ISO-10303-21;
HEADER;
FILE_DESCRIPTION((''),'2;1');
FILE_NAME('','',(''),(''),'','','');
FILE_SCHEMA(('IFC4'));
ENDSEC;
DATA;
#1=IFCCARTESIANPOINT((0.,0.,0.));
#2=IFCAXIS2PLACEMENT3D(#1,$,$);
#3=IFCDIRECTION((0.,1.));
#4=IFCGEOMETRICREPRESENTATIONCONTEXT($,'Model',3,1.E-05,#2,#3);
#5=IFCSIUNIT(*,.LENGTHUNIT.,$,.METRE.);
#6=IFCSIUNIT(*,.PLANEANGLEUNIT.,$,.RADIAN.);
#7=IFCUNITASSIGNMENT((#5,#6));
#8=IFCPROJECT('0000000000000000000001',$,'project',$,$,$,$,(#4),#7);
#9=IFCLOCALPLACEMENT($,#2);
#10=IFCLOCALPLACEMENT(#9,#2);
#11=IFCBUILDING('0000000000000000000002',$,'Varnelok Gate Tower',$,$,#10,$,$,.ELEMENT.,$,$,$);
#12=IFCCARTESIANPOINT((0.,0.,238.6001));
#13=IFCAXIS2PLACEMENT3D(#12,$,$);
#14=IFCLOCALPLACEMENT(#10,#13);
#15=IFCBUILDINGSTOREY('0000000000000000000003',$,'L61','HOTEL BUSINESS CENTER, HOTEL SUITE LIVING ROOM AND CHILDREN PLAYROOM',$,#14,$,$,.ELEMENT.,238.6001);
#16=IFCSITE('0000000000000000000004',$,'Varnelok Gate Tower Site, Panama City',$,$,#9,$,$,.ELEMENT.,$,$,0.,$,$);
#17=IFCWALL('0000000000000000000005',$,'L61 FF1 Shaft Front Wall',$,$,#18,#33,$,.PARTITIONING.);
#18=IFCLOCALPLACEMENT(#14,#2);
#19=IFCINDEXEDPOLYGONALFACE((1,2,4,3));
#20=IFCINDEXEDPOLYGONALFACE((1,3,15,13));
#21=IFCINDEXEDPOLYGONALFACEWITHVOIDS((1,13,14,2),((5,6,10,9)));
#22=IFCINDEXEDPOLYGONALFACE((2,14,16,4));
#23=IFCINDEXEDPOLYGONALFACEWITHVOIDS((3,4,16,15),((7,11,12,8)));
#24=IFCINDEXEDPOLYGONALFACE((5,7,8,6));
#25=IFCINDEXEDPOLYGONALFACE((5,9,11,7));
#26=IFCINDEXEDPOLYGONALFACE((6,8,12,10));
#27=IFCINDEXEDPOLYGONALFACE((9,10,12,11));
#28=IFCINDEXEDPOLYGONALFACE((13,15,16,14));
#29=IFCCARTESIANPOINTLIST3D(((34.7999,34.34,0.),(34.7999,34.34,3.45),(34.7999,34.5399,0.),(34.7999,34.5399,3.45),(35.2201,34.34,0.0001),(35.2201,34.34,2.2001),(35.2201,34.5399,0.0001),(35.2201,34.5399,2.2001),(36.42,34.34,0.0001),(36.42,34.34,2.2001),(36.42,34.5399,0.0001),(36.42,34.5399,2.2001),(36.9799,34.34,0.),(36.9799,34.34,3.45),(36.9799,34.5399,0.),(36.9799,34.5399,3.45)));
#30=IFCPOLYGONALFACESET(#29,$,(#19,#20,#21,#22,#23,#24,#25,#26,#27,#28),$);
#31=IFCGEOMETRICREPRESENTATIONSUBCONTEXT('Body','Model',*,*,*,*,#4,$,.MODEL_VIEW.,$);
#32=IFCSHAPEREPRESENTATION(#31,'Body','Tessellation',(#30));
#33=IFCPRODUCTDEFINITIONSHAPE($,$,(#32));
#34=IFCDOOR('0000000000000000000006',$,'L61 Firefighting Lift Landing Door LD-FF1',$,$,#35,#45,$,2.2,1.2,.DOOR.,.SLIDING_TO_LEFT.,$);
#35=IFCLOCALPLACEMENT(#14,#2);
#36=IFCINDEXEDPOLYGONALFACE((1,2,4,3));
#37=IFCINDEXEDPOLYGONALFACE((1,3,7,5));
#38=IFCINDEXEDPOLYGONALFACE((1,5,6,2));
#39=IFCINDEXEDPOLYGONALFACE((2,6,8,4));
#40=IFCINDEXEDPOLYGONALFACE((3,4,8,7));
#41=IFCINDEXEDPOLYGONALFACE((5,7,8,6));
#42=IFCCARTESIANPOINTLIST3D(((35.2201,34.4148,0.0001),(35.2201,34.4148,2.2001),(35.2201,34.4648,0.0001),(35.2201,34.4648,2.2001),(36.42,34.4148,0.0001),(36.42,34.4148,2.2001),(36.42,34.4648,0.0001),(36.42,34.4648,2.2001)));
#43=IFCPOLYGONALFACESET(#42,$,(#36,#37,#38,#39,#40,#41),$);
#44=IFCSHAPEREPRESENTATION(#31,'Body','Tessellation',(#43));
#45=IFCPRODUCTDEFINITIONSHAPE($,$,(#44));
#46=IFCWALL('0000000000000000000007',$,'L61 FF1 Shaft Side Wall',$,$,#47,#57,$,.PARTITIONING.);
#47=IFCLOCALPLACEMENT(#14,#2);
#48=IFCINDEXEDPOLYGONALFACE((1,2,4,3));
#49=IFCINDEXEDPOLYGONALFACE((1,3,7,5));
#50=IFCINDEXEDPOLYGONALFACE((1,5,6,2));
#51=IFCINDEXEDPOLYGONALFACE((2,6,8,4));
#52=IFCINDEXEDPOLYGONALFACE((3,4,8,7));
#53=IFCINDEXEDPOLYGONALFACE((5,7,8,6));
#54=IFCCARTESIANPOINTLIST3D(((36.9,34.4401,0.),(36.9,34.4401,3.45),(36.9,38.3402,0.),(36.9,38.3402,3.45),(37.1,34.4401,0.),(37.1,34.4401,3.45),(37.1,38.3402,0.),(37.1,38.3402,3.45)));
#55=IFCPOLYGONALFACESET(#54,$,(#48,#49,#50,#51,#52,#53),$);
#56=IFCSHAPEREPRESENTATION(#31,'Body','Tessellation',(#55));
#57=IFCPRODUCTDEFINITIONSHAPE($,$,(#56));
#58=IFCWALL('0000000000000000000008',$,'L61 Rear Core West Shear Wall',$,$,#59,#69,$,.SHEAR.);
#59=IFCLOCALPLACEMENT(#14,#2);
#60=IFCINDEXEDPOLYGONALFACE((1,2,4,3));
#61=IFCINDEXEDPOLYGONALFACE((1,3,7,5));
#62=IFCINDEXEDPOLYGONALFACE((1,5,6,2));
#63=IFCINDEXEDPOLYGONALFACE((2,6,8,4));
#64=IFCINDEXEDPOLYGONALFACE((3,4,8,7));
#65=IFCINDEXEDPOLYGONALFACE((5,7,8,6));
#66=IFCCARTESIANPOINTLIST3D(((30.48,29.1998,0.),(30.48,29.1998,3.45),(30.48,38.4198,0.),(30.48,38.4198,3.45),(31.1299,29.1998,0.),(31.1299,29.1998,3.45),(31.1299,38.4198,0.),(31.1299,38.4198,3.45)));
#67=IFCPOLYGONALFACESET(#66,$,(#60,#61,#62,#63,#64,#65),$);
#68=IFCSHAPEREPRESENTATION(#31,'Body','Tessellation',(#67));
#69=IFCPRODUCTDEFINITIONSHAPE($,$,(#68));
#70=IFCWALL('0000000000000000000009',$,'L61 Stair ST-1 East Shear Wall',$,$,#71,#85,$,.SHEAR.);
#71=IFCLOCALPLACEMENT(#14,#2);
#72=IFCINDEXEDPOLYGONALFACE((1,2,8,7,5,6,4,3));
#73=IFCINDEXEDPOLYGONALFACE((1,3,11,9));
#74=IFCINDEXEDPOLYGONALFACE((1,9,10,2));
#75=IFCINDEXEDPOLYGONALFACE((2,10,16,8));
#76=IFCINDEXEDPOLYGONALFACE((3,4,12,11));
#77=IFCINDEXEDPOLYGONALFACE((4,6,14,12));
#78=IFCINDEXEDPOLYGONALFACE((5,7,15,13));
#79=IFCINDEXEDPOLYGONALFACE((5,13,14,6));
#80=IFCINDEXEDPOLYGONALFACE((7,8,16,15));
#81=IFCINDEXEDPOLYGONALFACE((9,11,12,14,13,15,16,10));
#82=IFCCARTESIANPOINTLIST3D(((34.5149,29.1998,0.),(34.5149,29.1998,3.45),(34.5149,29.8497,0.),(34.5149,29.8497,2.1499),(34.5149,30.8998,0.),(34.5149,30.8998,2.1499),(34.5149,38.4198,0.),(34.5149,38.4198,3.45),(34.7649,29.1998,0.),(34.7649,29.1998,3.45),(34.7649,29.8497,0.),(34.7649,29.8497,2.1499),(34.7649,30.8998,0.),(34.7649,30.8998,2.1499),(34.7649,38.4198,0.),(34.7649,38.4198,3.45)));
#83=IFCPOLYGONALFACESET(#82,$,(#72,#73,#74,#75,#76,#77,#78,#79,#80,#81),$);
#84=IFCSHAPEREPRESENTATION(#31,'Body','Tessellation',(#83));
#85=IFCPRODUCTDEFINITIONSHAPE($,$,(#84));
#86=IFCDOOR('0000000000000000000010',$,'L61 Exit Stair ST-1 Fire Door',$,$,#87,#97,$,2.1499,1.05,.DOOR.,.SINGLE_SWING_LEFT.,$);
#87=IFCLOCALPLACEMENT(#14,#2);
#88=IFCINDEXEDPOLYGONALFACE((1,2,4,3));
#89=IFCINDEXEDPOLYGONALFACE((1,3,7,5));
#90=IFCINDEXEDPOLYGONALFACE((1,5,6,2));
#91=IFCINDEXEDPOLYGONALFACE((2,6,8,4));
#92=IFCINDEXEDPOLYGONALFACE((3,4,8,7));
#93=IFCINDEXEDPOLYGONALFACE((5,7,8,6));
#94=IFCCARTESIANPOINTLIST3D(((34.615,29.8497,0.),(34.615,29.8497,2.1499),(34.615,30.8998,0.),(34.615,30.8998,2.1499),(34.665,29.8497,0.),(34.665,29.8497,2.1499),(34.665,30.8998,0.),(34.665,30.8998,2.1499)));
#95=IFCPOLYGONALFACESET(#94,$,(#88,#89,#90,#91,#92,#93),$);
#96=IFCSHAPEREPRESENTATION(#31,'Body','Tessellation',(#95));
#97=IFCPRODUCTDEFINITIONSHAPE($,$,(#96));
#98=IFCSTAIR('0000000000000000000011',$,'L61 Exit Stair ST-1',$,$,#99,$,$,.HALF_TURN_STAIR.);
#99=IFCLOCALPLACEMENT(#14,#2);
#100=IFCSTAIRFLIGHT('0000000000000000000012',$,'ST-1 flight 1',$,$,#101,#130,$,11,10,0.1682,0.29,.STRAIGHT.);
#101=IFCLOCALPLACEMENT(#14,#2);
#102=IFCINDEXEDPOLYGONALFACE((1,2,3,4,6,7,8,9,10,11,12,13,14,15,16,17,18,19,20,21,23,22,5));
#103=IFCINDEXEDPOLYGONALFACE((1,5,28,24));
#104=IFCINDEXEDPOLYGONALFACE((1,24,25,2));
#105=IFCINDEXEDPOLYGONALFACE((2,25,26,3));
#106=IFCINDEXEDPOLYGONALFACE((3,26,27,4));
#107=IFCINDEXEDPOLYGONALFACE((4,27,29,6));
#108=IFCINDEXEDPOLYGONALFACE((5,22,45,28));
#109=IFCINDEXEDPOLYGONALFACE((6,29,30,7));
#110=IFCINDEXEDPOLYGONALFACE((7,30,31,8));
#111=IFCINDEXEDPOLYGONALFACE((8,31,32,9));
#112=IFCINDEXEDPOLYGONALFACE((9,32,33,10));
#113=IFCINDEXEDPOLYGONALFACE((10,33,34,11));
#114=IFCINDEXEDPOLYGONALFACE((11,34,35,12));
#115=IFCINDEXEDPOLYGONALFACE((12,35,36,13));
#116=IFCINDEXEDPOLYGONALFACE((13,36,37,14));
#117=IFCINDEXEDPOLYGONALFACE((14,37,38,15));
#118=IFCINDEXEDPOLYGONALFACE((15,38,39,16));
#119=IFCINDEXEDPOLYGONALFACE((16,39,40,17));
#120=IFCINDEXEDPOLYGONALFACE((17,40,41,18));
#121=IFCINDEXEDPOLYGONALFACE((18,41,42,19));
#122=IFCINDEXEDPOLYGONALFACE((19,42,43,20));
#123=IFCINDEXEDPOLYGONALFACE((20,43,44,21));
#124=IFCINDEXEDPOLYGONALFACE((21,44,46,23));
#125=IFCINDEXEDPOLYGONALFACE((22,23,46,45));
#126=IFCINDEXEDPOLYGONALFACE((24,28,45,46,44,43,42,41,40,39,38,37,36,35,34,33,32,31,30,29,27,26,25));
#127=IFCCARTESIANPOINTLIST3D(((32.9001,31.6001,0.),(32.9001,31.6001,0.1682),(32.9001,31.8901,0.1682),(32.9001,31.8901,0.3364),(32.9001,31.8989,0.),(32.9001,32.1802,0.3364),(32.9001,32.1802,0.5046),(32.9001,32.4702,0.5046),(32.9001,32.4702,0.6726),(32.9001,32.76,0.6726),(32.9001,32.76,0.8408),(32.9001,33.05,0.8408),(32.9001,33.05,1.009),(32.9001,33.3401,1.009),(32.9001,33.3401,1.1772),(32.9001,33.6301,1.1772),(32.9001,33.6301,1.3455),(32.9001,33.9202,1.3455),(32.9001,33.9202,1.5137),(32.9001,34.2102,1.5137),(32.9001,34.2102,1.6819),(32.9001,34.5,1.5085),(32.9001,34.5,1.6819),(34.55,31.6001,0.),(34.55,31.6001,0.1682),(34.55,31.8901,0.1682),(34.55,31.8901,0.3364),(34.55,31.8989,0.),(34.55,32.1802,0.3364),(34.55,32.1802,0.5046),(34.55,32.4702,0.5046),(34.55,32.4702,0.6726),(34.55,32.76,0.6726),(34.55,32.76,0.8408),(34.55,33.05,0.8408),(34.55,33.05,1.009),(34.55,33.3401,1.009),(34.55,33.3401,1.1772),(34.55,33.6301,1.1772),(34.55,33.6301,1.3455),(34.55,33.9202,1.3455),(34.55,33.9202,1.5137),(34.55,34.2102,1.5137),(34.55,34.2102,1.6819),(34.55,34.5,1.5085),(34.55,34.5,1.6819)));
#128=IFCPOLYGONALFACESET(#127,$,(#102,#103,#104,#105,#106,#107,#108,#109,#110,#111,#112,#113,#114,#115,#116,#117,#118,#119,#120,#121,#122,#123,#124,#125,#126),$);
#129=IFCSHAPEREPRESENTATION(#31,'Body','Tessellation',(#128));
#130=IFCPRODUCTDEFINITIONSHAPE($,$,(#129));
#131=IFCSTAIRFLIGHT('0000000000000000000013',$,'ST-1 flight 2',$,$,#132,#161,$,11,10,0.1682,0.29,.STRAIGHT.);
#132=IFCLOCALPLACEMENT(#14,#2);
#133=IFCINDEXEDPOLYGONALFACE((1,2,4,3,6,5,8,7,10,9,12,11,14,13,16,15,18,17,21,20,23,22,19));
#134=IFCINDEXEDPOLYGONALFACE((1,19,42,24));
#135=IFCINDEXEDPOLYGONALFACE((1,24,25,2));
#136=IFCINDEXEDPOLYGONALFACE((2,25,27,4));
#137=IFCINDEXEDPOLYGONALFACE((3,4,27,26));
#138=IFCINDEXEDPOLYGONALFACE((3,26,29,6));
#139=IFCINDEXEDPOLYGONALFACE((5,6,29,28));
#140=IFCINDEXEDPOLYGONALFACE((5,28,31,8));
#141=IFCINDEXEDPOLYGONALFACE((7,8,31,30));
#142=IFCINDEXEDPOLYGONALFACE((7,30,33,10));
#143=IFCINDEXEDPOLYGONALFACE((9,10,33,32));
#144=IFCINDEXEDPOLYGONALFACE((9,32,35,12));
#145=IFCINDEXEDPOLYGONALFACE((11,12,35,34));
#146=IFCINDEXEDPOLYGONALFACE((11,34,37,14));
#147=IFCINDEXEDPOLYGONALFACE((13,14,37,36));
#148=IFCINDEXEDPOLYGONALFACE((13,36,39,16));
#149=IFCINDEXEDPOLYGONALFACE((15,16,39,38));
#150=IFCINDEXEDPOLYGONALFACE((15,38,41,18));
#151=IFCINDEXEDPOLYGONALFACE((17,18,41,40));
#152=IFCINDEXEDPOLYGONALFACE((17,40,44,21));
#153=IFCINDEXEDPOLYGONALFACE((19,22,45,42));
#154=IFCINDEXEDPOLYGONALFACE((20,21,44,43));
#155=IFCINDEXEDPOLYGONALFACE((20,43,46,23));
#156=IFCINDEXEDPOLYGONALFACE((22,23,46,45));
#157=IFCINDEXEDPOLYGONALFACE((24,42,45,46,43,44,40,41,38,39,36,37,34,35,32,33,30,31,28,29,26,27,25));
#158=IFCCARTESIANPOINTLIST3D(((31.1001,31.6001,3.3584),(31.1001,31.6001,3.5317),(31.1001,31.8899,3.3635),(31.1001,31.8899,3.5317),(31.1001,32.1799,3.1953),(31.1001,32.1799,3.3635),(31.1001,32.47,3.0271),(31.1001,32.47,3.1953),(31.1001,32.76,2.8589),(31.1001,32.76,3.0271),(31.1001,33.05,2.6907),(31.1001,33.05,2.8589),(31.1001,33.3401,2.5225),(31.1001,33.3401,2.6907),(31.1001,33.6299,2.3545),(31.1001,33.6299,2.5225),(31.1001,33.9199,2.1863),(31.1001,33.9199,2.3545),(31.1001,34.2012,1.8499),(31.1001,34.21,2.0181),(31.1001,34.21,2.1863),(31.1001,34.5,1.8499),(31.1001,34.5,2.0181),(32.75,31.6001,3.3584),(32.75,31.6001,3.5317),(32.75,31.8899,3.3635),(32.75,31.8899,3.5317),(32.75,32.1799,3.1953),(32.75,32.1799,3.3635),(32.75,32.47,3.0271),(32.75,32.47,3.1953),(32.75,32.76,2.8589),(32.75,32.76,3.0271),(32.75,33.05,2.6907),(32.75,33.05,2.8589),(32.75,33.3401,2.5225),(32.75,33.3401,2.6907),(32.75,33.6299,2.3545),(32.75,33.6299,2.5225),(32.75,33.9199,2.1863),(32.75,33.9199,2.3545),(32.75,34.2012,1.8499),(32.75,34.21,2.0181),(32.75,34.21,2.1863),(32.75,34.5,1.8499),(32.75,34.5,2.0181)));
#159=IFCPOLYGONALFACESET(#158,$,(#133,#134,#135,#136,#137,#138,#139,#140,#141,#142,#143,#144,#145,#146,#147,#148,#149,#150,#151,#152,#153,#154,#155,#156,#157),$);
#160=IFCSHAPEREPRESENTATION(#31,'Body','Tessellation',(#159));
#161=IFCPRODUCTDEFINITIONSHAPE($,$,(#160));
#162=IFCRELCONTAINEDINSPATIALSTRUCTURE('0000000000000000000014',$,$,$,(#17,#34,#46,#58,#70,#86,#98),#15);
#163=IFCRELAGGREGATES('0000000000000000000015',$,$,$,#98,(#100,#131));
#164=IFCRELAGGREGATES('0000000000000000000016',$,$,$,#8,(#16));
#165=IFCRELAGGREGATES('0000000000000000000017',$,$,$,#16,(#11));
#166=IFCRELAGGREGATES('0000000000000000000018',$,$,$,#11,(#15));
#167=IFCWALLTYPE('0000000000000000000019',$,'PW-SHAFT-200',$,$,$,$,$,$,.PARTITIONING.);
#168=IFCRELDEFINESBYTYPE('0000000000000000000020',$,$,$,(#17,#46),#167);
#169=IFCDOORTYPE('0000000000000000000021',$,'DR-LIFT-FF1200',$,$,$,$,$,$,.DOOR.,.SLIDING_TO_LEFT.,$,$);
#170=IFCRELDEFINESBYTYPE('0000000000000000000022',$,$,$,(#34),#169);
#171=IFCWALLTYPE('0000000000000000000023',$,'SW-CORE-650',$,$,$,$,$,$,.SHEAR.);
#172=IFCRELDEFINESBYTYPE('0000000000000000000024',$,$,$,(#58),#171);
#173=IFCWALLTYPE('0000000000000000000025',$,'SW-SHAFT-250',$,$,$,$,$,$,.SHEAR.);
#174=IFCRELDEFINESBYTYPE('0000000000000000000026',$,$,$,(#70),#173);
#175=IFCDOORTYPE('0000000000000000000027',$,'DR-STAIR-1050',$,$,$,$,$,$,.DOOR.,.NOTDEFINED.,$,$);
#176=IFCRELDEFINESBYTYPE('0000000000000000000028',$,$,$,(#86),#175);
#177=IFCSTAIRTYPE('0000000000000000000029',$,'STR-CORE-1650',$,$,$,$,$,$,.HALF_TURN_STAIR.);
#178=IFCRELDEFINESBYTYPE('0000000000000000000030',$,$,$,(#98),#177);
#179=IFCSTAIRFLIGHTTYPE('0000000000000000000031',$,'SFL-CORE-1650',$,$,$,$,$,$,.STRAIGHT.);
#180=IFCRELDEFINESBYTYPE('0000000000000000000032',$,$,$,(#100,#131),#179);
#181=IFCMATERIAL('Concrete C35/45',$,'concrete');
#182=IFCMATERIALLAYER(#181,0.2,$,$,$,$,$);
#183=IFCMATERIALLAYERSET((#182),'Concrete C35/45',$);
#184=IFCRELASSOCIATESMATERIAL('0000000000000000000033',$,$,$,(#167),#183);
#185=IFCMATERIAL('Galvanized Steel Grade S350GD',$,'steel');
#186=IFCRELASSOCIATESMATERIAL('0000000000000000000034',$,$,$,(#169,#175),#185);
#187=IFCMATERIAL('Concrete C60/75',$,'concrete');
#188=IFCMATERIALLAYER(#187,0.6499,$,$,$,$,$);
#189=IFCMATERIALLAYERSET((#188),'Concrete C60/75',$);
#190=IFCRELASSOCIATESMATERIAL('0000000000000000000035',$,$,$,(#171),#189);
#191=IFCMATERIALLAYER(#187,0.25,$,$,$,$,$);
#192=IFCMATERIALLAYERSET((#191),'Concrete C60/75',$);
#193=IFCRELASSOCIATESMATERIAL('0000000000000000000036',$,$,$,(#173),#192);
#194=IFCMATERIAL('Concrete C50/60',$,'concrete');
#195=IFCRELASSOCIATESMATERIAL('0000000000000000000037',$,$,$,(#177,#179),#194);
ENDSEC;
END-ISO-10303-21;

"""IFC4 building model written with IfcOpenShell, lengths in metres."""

from ifc_helpers import new_model, si_unit, direction, frame, frame_2d, origin, place, context, subcontext, project, spatial, polyline, rectangle, outline, extrude, material, layer, layer_set, type_object, element, fill, aggregate, save


model = new_model("IFC4")

# Units and contexts
model_context = context("Model", 3, precision=1e-05, world=origin(), true_north=direction((0.0, 1.0)))
body_context = subcontext(model_context, "Body", "Model", "MODEL_VIEW")
ifc_project = project(units=[si_unit("LENGTHUNIT", "METRE"), si_unit("PLANEANGLEUNIT", "RADIAN")], contexts=[model_context])

# Site, building, storey
site_placement = place(None, origin())
site = spatial("IfcSite", under=ifc_project, at=site_placement, Name="Varnelok Gate Tower Site, Panama City", CompositionType="ELEMENT", RefElevation=0.0)
building_placement = place(site_placement, origin())
building = spatial("IfcBuilding", under=site, at=building_placement, Name="Varnelok Gate Tower", CompositionType="ELEMENT")
storey_placement = place(building_placement, frame((0.0, 0.0, 238.6001)))
storey = spatial("IfcBuildingStorey", under=building, at=storey_placement, Name="L61", Description="HOTEL BUSINESS CENTER, HOTEL SUITE LIVING ROOM AND CHILDREN PLAYROOM", CompositionType="ELEMENT", Elevation=238.6001)

# Shared definitions
ifc_material_1 = material(Name="Concrete C60/75", Category="concrete")

# Wall, opening, door
ifc_material_2 = material(Name="Concrete C35/45", Category="concrete")
ifc_layer_1 = layer(ifc_material_2, 0.2)
ifc_layer_set_1 = layer_set([ifc_layer_1], Name="Concrete C35/45")
wall_type_1 = type_object("IfcWallType", Name="PW-SHAFT-200", PredefinedType="PARTITIONING", material=ifc_layer_set_1)
wall_1_placement = place(storey_placement, frame((34.8, 34.4399, 0.0), z_axis=(0.0, 0.0, 1.0), x_axis=(1.0, 0.0, 0.0)))
wall_1 = element("IfcWall", 1, at=wall_1_placement, inside=storey, type_object=wall_type_1, Name="L61 FF1 Shaft Front Wall", PredefinedType="PARTITIONING", context=body_context, shape_type="SweptSolid", body=[
    extrude(rectangle(XDim=2.1799, YDim=0.2, at=frame_2d((1.0898, 0.0))), origin(), (0.0, 0.0, 1.0), 3.45),
])
opening_1_placement = place(wall_1_placement, frame((0.4199, 0.0, 0.0)))
opening_1 = element("IfcOpeningElement", 2, at=opening_1_placement, cuts=wall_1, PredefinedType="OPENING", context=body_context, shape_type="SweptSolid", body=[
    extrude(rectangle(XDim=1.2, YDim=2.2, at=frame_2d((0.6001, 1.1001))), frame((0.0, 0.1099, 0.0), z_axis=(0.0, -1.0, 0.0), x_axis=(1.0, 0.0, 0.0)), (0.0, 0.0, 1.0), 0.22),
])
ifc_material_3 = material(Name="Galvanized Steel Grade S350GD", Category="steel")
door_type_1 = type_object("IfcDoorType", Name="DR-LIFT-FF1200", OperationType="SLIDING_TO_LEFT", PredefinedType="DOOR", material=ifc_material_3)
door_1_placement = place(opening_1_placement, origin())
door_1 = element("IfcDoor", 3, at=door_1_placement, inside=storey, type_object=door_type_1, Name="L61 Firefighting Lift Landing Door LD-FF1", OperationType="SLIDING_TO_LEFT", OverallHeight=2.2, OverallWidth=1.2, PredefinedType="DOOR", context=body_context, shape_type="SweptSolid", body=[
    extrude(rectangle(XDim=1.2, YDim=2.2, at=frame_2d((0.6001, 1.1001))), frame((0.0, 0.0249, 0.0), z_axis=(0.0, -1.0, 0.0), x_axis=(1.0, 0.0, 0.0)), (0.0, 0.0, 1.0), 0.05),
])
fill(opening_1, door_1)

# Walls
wall_2_placement = place(storey_placement, frame((37.0, 34.4399, 0.0), z_axis=(0.0, 0.0, 1.0), x_axis=(0.0, 1.0, 0.0)))
element("IfcWall", 4, at=wall_2_placement, inside=storey, type_object=wall_type_1, Name="L61 FF1 Shaft Side Wall", PredefinedType="PARTITIONING", context=body_context, shape_type="SweptSolid", body=[
    extrude(rectangle(XDim=3.9001, YDim=0.2, at=frame_2d((1.9502, 0.0))), origin(), (0.0, 0.0, 1.0), 3.45),
])
ifc_layer_2 = layer(ifc_material_1, 0.6499)
ifc_layer_set_2 = layer_set([ifc_layer_2], Name="Concrete C60/75")
wall_type_2 = type_object("IfcWallType", Name="SW-CORE-650", PredefinedType="SHEAR", material=ifc_layer_set_2)
wall_3_placement = place(storey_placement, frame((30.8049, 29.2, 0.0), z_axis=(0.0, 0.0, 1.0), x_axis=(0.0, 1.0, 0.0)))
element("IfcWall", 5, at=wall_3_placement, inside=storey, type_object=wall_type_2, Name="L61 Rear Core West Shear Wall", PredefinedType="SHEAR", context=body_context, shape_type="SweptSolid", body=[
    extrude(rectangle(XDim=9.22, YDim=0.6499, at=frame_2d((4.6099, 0.0))), origin(), (0.0, 0.0, 1.0), 3.45),
])

# Wall, opening, door
ifc_layer_3 = layer(ifc_material_1, 0.25)
ifc_layer_set_3 = layer_set([ifc_layer_3], Name="Concrete C60/75")
wall_type_3 = type_object("IfcWallType", Name="SW-SHAFT-250", PredefinedType="SHEAR", material=ifc_layer_set_3)
wall_4_placement = place(storey_placement, frame((34.6399, 29.2, 0.0), z_axis=(0.0, 0.0, 1.0), x_axis=(0.0, 1.0, 0.0)))
wall_4 = element("IfcWall", 6, at=wall_4_placement, inside=storey, type_object=wall_type_3, Name="L61 Stair ST-1 East Shear Wall", PredefinedType="SHEAR", context=body_context, shape_type="SweptSolid", body=[
    extrude(rectangle(XDim=9.22, YDim=0.25, at=frame_2d((4.6099, 0.0))), origin(), (0.0, 0.0, 1.0), 3.45),
])
opening_2_placement = place(wall_4_placement, frame((0.6499, 0.0, 0.0)))
opening_2 = element("IfcOpeningElement", 7, at=opening_2_placement, cuts=wall_4, PredefinedType="OPENING", context=body_context, shape_type="SweptSolid", body=[
    extrude(rectangle(XDim=1.05, YDim=2.1499, at=frame_2d((0.5249, 1.075))), frame((0.0, 0.135, 0.0), z_axis=(0.0, -1.0, 0.0), x_axis=(1.0, 0.0, 0.0)), (0.0, 0.0, 1.0), 0.27),
])
door_type_2 = type_object("IfcDoorType", Name="DR-STAIR-1050", OperationType="NOTDEFINED", PredefinedType="DOOR", material=ifc_material_3)
door_2_placement = place(opening_2_placement, origin())
door_2 = element("IfcDoor", 8, at=door_2_placement, inside=storey, type_object=door_type_2, Name="L61 Exit Stair ST-1 Fire Door", OperationType="SINGLE_SWING_LEFT", OverallHeight=2.1499, OverallWidth=1.05, PredefinedType="DOOR", context=body_context, shape_type="SweptSolid", body=[
    extrude(rectangle(XDim=1.05, YDim=2.1499, at=frame_2d((0.5249, 1.075))), frame((0.0, 0.0249, 0.0), z_axis=(0.0, -1.0, 0.0), x_axis=(1.0, 0.0, 0.0)), (0.0, 0.0, 1.0), 0.05),
])
fill(opening_2, door_2)

# Stair, stair flights
ifc_material_4 = material(Name="Concrete C50/60", Category="concrete")
stair_type = type_object("IfcStairType", Name="STR-CORE-1650", PredefinedType="HALF_TURN_STAIR", material=ifc_material_4)
stair_placement = place(storey_placement, origin())
stair = element("IfcStair", 9, at=stair_placement, inside=storey, type_object=stair_type, Name="L61 Exit Stair ST-1", PredefinedType="HALF_TURN_STAIR")
stair_flight_type = type_object("IfcStairFlightType", Name="SFL-CORE-1650", PredefinedType="STRAIGHT", material=ifc_material_4)
stair_flight_1_placement = place(storey_placement, frame((33.7251, 31.6001, 0.0), z_axis=(0.0, 0.0, 1.0), x_axis=(0.0, 1.0, 0.0)))
stair_flight_1 = element("IfcStairFlight", 10, at=stair_flight_1_placement, type_object=stair_flight_type, Name="ST-1 flight 1", NumberOfRisers=11, NumberOfTreads=10, PredefinedType="STRAIGHT", RiserHeight=0.1682, TreadLength=0.29, context=body_context, shape_type="SweptSolid", body=[
    extrude(outline(polyline([(0.0, 0.0), (0.0, 0.1682), (0.29, 0.1682), (0.29, 0.3364), (0.5801, 0.3364), (0.5801, 0.5046), (0.8701, 0.5046), (0.8701, 0.6726), (1.1599, 0.6726), (1.1599, 0.8408), (1.45, 0.8408), (1.45, 1.009), (1.74, 1.009), (1.74, 1.1772), (2.03, 1.1772), (2.03, 1.3455), (2.3201, 1.3455), (2.3201, 1.5137), (2.6101, 1.5137), (2.6101, 1.6819), (2.8999, 1.6819), (2.8999, 1.8501), (2.8999, 1.5085), (0.2988, 0.0), (0.0, 0.0)])), frame((0.0, 0.825, 0.0), z_axis=(0.0, -1.0, 0.0), x_axis=(1.0, 0.0, 0.0)), (0.0, 0.0, 1.0), 1.6499),
])
stair_flight_2_placement = place(storey_placement, frame((31.925, 34.5, 1.8499), z_axis=(0.0, 0.0, 1.0), x_axis=(0.0, -1.0, 0.0)))
stair_flight_2 = element("IfcStairFlight", 11, at=stair_flight_2_placement, type_object=stair_flight_type, Name="ST-1 flight 2", NumberOfRisers=11, NumberOfTreads=10, PredefinedType="STRAIGHT", RiserHeight=0.1682, TreadLength=0.29, context=body_context, shape_type="SweptSolid", body=[
    extrude(outline(polyline([(0.0, 0.0), (0.0, 0.1682), (0.29, 0.1682), (0.29, 0.3364), (0.5801, 0.3364), (0.5801, 0.5046), (0.8701, 0.5046), (0.8701, 0.6726), (1.1599, 0.6726), (1.1599, 0.8408), (1.45, 0.8408), (1.45, 1.009), (1.74, 1.009), (1.74, 1.1772), (2.03, 1.1772), (2.03, 1.3455), (2.3201, 1.3455), (2.3201, 1.5137), (2.6101, 1.5137), (2.6101, 1.6819), (2.8999, 1.6819), (2.8999, 1.8501), (2.8999, 1.5085), (0.2988, 0.0), (0.0, 0.0)])), frame((0.0, 0.825, 0.0), z_axis=(0.0, -1.0, 0.0), x_axis=(1.0, 0.0, 0.0)), (0.0, 0.0, 1.0), 1.6499),
])
aggregate(stair, [stair_flight_1, stair_flight_2])

save(model, "model.ifc")
